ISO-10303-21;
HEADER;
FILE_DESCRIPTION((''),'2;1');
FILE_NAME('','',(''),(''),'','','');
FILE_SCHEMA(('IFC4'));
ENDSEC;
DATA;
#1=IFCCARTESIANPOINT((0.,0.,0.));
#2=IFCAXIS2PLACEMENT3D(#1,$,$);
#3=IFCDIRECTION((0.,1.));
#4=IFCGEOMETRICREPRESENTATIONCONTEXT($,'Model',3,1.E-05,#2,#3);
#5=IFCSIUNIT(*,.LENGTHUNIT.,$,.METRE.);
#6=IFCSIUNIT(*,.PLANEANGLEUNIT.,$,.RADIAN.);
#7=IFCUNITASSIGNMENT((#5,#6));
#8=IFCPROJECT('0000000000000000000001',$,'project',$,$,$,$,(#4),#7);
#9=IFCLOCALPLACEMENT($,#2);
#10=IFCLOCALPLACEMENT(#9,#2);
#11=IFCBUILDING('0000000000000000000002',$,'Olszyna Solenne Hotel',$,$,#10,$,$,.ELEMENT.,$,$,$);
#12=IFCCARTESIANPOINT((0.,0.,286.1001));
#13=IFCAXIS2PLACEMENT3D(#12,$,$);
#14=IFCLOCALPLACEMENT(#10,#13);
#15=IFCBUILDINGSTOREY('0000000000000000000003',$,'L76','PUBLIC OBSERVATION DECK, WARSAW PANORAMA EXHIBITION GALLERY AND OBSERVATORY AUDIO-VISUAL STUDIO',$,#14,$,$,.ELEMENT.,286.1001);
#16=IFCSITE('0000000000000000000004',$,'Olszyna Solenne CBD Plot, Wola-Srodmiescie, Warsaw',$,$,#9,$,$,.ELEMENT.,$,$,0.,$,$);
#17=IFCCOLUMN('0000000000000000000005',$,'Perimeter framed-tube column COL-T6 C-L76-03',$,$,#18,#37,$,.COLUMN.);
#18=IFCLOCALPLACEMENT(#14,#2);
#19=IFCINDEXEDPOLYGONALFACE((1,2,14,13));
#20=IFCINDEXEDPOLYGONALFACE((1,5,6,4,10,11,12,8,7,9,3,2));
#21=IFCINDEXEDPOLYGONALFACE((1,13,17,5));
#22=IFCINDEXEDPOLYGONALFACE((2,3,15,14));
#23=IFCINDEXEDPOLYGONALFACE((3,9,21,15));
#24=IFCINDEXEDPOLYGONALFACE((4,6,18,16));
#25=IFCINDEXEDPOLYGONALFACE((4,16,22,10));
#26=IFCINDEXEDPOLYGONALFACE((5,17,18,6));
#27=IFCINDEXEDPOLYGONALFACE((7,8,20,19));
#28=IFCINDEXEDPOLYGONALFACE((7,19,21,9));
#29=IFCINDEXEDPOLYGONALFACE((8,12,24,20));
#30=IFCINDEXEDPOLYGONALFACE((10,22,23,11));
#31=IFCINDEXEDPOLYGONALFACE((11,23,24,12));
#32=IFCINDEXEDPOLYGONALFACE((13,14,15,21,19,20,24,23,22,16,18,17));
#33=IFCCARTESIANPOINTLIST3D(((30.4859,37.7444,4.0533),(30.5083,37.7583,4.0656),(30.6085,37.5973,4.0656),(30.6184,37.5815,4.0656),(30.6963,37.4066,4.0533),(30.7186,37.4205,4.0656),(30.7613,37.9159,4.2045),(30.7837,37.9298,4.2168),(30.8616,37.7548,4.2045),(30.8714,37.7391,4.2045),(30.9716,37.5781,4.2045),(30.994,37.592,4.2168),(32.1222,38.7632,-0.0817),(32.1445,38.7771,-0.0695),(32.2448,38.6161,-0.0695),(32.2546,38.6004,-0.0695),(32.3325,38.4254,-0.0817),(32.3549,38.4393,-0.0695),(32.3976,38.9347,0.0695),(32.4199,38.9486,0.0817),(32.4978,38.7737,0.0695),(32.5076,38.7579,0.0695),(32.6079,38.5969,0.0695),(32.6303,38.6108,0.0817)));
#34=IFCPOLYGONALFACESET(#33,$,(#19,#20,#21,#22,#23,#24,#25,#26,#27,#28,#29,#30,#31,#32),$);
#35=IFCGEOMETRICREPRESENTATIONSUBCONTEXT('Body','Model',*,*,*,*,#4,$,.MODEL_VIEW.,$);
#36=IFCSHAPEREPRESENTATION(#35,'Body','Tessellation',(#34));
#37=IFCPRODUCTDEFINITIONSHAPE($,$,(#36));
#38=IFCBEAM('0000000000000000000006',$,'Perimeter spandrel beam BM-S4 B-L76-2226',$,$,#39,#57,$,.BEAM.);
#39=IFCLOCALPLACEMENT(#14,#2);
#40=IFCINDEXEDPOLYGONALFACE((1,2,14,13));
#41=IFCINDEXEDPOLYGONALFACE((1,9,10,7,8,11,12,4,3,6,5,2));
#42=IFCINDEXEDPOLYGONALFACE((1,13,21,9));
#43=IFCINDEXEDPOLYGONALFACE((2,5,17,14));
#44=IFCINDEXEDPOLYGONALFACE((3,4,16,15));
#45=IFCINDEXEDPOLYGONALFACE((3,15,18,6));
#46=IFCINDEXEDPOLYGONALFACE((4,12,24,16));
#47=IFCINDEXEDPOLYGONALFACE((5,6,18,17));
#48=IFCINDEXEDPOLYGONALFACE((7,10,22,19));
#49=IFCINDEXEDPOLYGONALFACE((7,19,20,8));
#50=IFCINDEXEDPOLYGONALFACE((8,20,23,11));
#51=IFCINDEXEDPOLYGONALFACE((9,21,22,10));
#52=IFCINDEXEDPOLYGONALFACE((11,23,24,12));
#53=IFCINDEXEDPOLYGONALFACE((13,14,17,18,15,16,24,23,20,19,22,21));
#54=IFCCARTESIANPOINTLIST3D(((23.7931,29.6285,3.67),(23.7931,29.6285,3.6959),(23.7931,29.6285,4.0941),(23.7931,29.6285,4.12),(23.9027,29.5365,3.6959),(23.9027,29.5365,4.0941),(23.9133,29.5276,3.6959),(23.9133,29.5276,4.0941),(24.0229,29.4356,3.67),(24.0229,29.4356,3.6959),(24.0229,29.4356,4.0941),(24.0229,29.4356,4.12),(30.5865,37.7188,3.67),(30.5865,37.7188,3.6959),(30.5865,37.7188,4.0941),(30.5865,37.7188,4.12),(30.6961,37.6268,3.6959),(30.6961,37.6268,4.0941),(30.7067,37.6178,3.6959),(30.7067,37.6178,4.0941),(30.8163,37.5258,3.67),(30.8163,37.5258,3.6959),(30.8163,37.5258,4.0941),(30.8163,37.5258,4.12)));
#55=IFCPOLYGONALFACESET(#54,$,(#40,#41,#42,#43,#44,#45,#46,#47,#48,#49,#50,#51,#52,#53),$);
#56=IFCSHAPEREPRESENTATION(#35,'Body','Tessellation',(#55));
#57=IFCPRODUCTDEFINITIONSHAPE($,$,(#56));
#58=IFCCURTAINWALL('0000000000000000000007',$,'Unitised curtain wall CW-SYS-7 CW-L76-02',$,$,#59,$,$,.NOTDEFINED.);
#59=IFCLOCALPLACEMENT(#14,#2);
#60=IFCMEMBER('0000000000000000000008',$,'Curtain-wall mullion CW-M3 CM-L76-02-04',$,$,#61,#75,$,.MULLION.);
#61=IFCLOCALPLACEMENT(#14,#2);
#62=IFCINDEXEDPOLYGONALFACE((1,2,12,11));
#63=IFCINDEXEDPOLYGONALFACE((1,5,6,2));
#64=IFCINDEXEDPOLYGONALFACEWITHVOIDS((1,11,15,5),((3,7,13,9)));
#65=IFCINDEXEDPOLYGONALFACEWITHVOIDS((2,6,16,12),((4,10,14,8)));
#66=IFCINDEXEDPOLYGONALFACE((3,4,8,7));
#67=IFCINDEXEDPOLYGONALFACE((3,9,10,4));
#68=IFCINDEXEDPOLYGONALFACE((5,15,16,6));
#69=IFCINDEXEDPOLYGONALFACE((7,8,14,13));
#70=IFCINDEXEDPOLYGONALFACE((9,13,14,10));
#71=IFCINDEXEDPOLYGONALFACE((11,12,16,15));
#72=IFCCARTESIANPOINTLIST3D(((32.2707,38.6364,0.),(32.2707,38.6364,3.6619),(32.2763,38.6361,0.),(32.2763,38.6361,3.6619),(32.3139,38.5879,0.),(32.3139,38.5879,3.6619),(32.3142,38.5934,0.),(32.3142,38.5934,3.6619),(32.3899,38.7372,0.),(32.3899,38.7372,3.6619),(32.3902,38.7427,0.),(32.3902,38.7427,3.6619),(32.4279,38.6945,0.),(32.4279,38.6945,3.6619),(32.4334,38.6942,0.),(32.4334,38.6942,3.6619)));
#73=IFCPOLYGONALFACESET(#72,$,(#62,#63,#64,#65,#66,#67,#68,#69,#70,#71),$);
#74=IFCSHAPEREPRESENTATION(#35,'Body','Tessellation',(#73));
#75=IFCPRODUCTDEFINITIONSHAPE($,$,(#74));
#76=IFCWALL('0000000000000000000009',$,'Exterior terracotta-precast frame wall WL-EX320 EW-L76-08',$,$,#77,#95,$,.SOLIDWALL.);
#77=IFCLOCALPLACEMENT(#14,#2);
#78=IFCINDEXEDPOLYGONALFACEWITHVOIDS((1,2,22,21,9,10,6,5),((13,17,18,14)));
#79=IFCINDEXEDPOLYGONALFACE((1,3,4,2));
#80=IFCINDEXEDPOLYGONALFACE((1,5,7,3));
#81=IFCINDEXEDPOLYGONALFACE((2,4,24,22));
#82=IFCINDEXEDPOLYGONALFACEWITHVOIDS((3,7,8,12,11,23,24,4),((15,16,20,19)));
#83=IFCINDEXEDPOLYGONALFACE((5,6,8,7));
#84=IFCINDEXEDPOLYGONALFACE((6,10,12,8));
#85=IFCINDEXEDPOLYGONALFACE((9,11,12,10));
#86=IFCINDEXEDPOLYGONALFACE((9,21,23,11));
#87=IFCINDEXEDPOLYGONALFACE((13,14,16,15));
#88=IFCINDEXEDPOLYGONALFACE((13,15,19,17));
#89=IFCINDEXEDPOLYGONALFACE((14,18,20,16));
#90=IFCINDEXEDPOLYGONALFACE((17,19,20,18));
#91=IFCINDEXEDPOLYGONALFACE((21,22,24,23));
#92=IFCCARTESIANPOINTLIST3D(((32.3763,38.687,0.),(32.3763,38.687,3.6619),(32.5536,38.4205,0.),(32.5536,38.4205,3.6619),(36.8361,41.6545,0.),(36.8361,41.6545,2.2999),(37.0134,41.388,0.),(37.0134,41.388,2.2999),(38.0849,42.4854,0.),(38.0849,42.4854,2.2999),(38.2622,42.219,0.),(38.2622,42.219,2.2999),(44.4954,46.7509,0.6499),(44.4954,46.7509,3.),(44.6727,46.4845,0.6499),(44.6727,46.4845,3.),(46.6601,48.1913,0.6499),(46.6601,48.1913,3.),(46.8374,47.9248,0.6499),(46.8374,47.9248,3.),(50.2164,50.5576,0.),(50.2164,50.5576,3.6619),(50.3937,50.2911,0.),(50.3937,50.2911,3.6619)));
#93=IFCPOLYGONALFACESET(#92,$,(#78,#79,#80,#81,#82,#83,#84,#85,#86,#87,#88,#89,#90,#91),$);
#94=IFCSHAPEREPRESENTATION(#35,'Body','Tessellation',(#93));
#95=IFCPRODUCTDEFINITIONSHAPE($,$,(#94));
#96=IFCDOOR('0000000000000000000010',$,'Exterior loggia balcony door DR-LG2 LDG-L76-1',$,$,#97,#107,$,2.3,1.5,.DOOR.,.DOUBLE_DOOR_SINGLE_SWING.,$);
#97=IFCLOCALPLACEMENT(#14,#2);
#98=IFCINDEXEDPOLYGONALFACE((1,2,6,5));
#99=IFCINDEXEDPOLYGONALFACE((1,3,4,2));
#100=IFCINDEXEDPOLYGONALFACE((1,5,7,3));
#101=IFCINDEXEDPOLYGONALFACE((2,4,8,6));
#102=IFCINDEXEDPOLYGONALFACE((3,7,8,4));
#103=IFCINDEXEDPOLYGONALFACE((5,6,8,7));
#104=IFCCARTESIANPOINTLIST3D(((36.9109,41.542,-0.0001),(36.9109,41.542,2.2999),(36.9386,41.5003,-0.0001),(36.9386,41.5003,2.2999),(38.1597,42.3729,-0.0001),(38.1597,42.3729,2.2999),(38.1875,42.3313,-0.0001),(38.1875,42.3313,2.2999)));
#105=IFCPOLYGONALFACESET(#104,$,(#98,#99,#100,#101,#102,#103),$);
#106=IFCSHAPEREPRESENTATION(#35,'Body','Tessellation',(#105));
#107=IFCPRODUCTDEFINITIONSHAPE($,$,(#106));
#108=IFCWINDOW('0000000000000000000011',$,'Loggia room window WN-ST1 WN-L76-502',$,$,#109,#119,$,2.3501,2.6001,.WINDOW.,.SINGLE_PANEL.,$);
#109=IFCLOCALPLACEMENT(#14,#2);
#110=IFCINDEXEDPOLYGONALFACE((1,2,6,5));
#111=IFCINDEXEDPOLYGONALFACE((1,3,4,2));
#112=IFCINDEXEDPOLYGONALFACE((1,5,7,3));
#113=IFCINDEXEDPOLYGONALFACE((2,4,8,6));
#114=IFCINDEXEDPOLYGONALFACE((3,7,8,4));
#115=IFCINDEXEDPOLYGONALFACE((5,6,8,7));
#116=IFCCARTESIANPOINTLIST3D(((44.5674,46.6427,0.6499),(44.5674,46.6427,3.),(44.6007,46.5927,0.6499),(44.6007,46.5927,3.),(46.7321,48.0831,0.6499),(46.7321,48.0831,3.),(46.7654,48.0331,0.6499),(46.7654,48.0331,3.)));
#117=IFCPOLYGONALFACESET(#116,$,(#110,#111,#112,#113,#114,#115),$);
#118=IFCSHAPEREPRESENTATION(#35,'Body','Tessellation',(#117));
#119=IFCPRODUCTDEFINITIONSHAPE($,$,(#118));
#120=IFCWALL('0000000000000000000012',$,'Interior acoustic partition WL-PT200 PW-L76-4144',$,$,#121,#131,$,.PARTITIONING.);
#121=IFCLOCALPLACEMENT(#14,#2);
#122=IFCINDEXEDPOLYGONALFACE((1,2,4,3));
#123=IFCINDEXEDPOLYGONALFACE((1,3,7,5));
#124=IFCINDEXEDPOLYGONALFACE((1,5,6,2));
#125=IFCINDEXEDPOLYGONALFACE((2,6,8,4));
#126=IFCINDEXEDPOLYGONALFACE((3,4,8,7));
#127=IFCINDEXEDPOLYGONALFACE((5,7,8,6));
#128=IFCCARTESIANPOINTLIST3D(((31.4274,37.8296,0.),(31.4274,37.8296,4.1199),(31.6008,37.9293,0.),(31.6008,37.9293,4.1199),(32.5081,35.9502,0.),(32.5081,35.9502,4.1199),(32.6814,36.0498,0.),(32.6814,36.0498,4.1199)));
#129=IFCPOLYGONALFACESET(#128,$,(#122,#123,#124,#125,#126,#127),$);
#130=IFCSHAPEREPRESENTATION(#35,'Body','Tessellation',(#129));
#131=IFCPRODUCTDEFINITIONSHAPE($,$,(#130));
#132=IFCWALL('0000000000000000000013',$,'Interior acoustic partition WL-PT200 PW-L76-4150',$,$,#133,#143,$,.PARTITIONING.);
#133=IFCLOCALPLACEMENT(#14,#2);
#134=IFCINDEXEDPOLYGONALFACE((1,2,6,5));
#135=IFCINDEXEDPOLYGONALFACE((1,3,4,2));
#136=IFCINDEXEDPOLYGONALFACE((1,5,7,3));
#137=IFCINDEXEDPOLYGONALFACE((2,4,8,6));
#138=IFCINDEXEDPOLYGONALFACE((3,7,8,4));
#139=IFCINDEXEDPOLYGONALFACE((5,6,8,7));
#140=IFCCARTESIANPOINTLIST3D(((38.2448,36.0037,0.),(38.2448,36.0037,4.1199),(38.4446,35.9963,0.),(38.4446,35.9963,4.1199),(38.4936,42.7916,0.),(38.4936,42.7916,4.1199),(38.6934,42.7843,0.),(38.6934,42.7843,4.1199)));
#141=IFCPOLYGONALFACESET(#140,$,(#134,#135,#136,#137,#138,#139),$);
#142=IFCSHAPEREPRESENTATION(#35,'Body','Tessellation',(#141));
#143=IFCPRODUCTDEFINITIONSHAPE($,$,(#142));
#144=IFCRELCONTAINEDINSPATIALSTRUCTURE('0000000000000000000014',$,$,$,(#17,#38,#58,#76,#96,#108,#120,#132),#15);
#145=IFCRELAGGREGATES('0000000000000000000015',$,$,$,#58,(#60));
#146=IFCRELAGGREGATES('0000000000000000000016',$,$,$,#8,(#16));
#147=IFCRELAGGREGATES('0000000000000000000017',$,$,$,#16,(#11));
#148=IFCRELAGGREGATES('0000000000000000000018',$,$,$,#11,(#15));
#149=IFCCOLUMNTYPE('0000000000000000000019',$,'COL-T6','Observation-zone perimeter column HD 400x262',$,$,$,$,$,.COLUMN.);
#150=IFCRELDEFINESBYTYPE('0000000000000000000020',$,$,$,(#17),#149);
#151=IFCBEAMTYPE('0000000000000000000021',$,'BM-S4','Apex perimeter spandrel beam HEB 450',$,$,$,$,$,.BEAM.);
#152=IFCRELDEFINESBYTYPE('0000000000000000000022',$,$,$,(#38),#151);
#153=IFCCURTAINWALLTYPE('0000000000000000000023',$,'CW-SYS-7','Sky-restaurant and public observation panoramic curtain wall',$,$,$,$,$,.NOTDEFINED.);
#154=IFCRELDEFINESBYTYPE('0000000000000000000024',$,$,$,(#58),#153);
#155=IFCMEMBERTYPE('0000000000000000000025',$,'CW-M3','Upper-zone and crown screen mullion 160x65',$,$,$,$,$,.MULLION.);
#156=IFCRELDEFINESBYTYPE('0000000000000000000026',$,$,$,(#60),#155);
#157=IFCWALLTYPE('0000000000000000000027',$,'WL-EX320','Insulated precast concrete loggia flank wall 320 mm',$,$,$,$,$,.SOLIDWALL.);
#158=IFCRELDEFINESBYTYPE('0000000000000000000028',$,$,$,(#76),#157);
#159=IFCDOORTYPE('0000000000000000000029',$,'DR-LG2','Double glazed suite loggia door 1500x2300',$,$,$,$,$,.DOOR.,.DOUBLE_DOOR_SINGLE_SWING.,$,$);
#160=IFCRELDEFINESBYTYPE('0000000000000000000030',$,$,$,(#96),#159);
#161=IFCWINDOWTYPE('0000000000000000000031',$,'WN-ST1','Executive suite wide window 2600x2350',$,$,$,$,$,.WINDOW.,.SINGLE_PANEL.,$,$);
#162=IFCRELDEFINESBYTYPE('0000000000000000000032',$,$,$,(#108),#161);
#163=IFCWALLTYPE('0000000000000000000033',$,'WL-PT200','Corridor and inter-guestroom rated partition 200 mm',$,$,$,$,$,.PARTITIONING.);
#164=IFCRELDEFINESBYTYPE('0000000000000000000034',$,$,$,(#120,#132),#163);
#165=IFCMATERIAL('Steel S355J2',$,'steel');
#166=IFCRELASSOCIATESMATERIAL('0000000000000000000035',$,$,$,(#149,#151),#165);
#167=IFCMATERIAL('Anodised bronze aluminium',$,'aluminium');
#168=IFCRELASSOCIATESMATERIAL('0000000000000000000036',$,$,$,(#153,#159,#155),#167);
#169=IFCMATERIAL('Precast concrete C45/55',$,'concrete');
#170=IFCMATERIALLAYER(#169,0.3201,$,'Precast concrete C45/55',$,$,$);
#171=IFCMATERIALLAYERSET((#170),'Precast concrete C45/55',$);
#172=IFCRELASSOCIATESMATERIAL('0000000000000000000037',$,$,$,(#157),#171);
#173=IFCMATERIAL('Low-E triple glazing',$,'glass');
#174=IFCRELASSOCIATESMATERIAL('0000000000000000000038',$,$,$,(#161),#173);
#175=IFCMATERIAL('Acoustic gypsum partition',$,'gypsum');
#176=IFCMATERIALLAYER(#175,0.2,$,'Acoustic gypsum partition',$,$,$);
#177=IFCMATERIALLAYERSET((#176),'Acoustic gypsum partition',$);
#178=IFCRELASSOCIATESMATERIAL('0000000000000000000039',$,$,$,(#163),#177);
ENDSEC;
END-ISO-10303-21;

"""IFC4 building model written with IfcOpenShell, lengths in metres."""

from ifc_helpers import new_model, si_unit, direction, frame, frame_2d, origin, origin_2d, place, context, subcontext, project, spatial, rectangle, hollow_rectangle, i_section, extrude, source, transform, mapped, material, layer, layer_set, material_profile, profile_set, type_object, type_shapes, element, fill, aggregate, save


model = new_model("IFC4")

# Units and contexts
model_context = context("Model", 3, precision=1e-05, world=origin(), true_north=direction((0.0, 1.0)))
body_context = subcontext(model_context, "Body", "Model", "MODEL_VIEW")
ifc_project = project(units=[si_unit("LENGTHUNIT", "METRE"), si_unit("PLANEANGLEUNIT", "RADIAN")], contexts=[model_context])

# Site, building, storey
site_placement = place(None, origin())
site = spatial("IfcSite", under=ifc_project, at=site_placement, Name="Olszyna Solenne CBD Plot, Wola-Srodmiescie, Warsaw", CompositionType="ELEMENT", RefElevation=0.0)
building_placement = place(site_placement, origin())
building = spatial("IfcBuilding", under=site, at=building_placement, Name="Olszyna Solenne Hotel", CompositionType="ELEMENT")
storey_placement = place(building_placement, frame((0.0, 0.0, 286.1001)))
storey = spatial("IfcBuildingStorey", under=building, at=storey_placement, Name="L76", Description="PUBLIC OBSERVATION DECK, WARSAW PANORAMA EXHIBITION GALLERY AND OBSERVATORY AUDIO-VISUAL STUDIO", CompositionType="ELEMENT", Elevation=286.1001)

# Column
ifc_material_1 = material(Name="Steel S355J2", Category="steel")
ifc_material_profile_1 = material_profile(ifc_material_1, i_section(OverallWidth=0.3979, OverallDepth=0.387, WebThickness=0.0186, FlangeThickness=0.0291, at=origin_2d()), Name="HD 400x262", Category="load-bearing")
ifc_profile_set_1 = profile_set([ifc_material_profile_1], Name="Steel S355J2")
column_type = type_object("IfcColumnType", Name="COL-T6", Description="Observation-zone perimeter column HD 400x262", PredefinedType="COLUMN", material=ifc_profile_set_1)
shared_shape_1 = source(origin(), body_context, "Body", "SweptSolid", [
    extrude(i_section(OverallWidth=0.3979, OverallDepth=0.387, WebThickness=0.0186, FlangeThickness=0.0291, at=origin_2d()), origin(), (0.0, 0.0, 1.0), 4.5623),
])
column_placement = place(storey_placement, frame((32.3762, 38.687, 0.0), z_axis=(-0.358651, -0.223314, 0.906367), x_axis=(0.528564, -0.848894, 0.0)))
element("IfcColumn", 1, at=column_placement, inside=storey, type_object=column_type, Name="Perimeter framed-tube column COL-T6 C-L76-03", PredefinedType="COLUMN", context=body_context, shape_type="MappedRepresentation", body=[
    mapped(shared_shape_1, transform((0.0, 0.0, 0.0), x_axis=(1.0, 0.0, 0.0), y_axis=(0.0, 1.0, 0.0), z_axis=(0.0, 0.0, 1.0), scale=1.0)),
])

# Beam
ifc_material_profile_2 = material_profile(ifc_material_1, i_section(OverallWidth=0.3, OverallDepth=0.45, WebThickness=0.0139, FlangeThickness=0.0259, at=origin_2d()), Name="HEB 450", Category="load-bearing")
ifc_profile_set_2 = profile_set([ifc_material_profile_2], Name="Steel S355J2")
beam_type = type_object("IfcBeamType", Name="BM-S4", Description="Apex perimeter spandrel beam HEB 450", PredefinedType="BEAM", material=ifc_profile_set_2)
shared_shape_2 = source(origin(), body_context, "Body", "SweptSolid", [
    extrude(i_section(OverallWidth=0.3, OverallDepth=0.45, WebThickness=0.0139, FlangeThickness=0.0259, at=origin_2d()), origin(), (0.0, 0.0, 1.0), 10.5642),
])
beam_placement = place(storey_placement, frame((30.7014, 37.6223, 3.895), z_axis=(-0.643058, -0.765818, 0.0), x_axis=(0.765818, -0.643058, 0.0)))
element("IfcBeam", 2, at=beam_placement, inside=storey, type_object=beam_type, Name="Perimeter spandrel beam BM-S4 B-L76-2226", PredefinedType="BEAM", context=body_context, shape_type="MappedRepresentation", body=[
    mapped(shared_shape_2, transform((0.0, 0.0, 0.0), x_axis=(1.0, 0.0, 0.0), y_axis=(0.0, 1.0, 0.0), z_axis=(0.0, 0.0, 1.0), scale=1.0)),
])

# Curtain wall, member
ifc_material_2 = material(Name="Anodised bronze aluminium", Category="aluminium")
curtain_wall_type = type_object("IfcCurtainWallType", Name="CW-SYS-7", Description="Sky-restaurant and public observation panoramic curtain wall", PredefinedType="NOTDEFINED", material=ifc_material_2)
curtain_wall_placement = place(storey_placement, origin())
curtain_wall = element("IfcCurtainWall", 3, at=curtain_wall_placement, inside=storey, type_object=curtain_wall_type, Name="Unitised curtain wall CW-SYS-7 CW-L76-02", PredefinedType="NOTDEFINED")
ifc_material_profile_3 = material_profile(ifc_material_2, hollow_rectangle(XDim=0.0649, YDim=0.1599, WallThickness=0.0039, at=origin_2d()), Name="MULL 160x65x4", Category="load-bearing")
ifc_profile_set_3 = profile_set([ifc_material_profile_3], Name="Anodised bronze aluminium")
member_type = type_object("IfcMemberType", Name="CW-M3", Description="Upper-zone and crown screen mullion 160x65", PredefinedType="MULLION", material=ifc_profile_set_3)
shared_shape_3 = source(origin(), body_context, "Body", "SweptSolid", [
    extrude(hollow_rectangle(XDim=0.0649, YDim=0.1599, WallThickness=0.0039, at=origin_2d()), origin(), (0.0, 0.0, 1.0), 3.6619),
])
member_placement = place(storey_placement, frame((32.3521, 38.6653, 0.0), z_axis=(0.0, 0.0, 1.0), x_axis=(-0.664807, 0.747016, 0.0)))
member = element("IfcMember", 4, at=member_placement, type_object=member_type, Name="Curtain-wall mullion CW-M3 CM-L76-02-04", PredefinedType="MULLION", context=body_context, shape_type="MappedRepresentation", body=[
    mapped(shared_shape_3, transform((0.0, 0.0, 0.0), x_axis=(1.0, 0.0, 0.0), y_axis=(0.0, 1.0, 0.0), z_axis=(0.0, 0.0, 1.0), scale=1.0)),
])
aggregate(curtain_wall, [member])

# Wall, openings, door, window
ifc_material_3 = material(Name="Precast concrete C45/55", Category="concrete")
ifc_layer_1 = layer(ifc_material_3, 0.3201, Name="Precast concrete C45/55")
ifc_layer_set_1 = layer_set([ifc_layer_1], Name="Precast concrete C45/55")
wall_type_1 = type_object("IfcWallType", Name="WL-EX320", Description="Insulated precast concrete loggia flank wall 320 mm", PredefinedType="SOLIDWALL", material=ifc_layer_set_1)
wall_1_placement = place(storey_placement, frame((32.4648, 38.5537, 0.0), z_axis=(0.0, 0.0, 1.0), x_axis=(0.832541, 0.553964, 0.0)))
wall_1 = element("IfcWall", 5, at=wall_1_placement, inside=storey, type_object=wall_type_1, Name="Exterior terracotta-precast frame wall WL-EX320 EW-L76-08", PredefinedType="SOLIDWALL", context=body_context, shape_type="SweptSolid", body=[
    extrude(rectangle(XDim=21.4285, YDim=0.3201, at=frame_2d((10.7144, 0.0))), origin(), (0.0, 0.0, 1.0), 3.6619),
])
opening_1_placement = place(wall_1_placement, frame((5.3569, 0.0, 0.0)))
opening_1 = element("IfcOpeningElement", 6, at=opening_1_placement, cuts=wall_1, PredefinedType="OPENING", context=body_context, shape_type="SweptSolid", body=[
    extrude(rectangle(XDim=1.5, YDim=2.3, at=frame_2d((0.75, 1.1499))), frame((0.0, 0.1699, 0.0), z_axis=(0.0, -1.0, 0.0), x_axis=(1.0, 0.0, 0.0)), (0.0, 0.0, 1.0), 0.3401),
])
opening_2_placement = place(wall_1_placement, frame((14.5569, 0.0, 0.6499)))
opening_2 = element("IfcOpeningElement", 7, at=opening_2_placement, cuts=wall_1, PredefinedType="OPENING", context=body_context, shape_type="SweptSolid", body=[
    extrude(rectangle(XDim=2.6001, YDim=2.3501, at=frame_2d((1.3, 1.175))), frame((0.0, 0.1699, 0.0), z_axis=(0.0, -1.0, 0.0), x_axis=(1.0, 0.0, 0.0)), (0.0, 0.0, 1.0), 0.3401),
])
door_type = type_object("IfcDoorType", Name="DR-LG2", Description="Double glazed suite loggia door 1500x2300", OperationType="DOUBLE_DOOR_SINGLE_SWING", PredefinedType="DOOR", material=ifc_material_2)
shared_shape_4 = source(origin(), body_context, "Body", "SweptSolid", [
    extrude(rectangle(XDim=1.5, YDim=2.3, at=frame_2d((0.75, 1.1499))), frame((0.0, 0.0249, 0.0), z_axis=(0.0, -1.0, 0.0), x_axis=(1.0, 0.0, 0.0)), (0.0, 0.0, 1.0), 0.05),
])
type_shapes(door_type, [shared_shape_4])
door_placement = place(opening_1_placement, origin())
door = element("IfcDoor", 8, at=door_placement, inside=storey, type_object=door_type, Name="Exterior loggia balcony door DR-LG2 LDG-L76-1", OperationType="DOUBLE_DOOR_SINGLE_SWING", OverallHeight=2.3, OverallWidth=1.5, PredefinedType="DOOR", context=body_context, shape_type="MappedRepresentation", body=[
    mapped(shared_shape_4, transform((0.0, 0.0, 0.0), x_axis=(1.0, 0.0, 0.0), y_axis=(0.0, 1.0, 0.0), z_axis=(0.0, 0.0, 1.0), scale=1.0)),
])
fill(opening_1, door)
ifc_material_4 = material(Name="Low-E triple glazing", Category="glass")
window_type = type_object("IfcWindowType", Name="WN-ST1", Description="Executive suite wide window 2600x2350", PartitioningType="SINGLE_PANEL", PredefinedType="WINDOW", material=ifc_material_4)
shared_shape_5 = source(origin(), body_context, "Body", "SweptSolid", [
    extrude(rectangle(XDim=2.6001, YDim=2.3501, at=frame_2d((1.3, 1.175))), frame((0.0, 0.03, 0.0), z_axis=(0.0, -1.0, 0.0), x_axis=(1.0, 0.0, 0.0)), (0.0, 0.0, 1.0), 0.0601),
])
type_shapes(window_type, [shared_shape_5])
window_placement = place(opening_2_placement, origin())
window = element("IfcWindow", 9, at=window_placement, inside=storey, type_object=window_type, Name="Loggia room window WN-ST1 WN-L76-502", OverallHeight=2.3501, OverallWidth=2.6001, PartitioningType="SINGLE_PANEL", PredefinedType="WINDOW", context=body_context, shape_type="MappedRepresentation", body=[
    mapped(shared_shape_5, transform((0.0, 0.0, 0.0), x_axis=(1.0, 0.0, 0.0), y_axis=(0.0, 1.0, 0.0), z_axis=(0.0, 0.0, 1.0), scale=1.0)),
])
fill(opening_2, window)

# Walls
ifc_material_5 = material(Name="Acoustic gypsum partition", Category="gypsum")
ifc_layer_2 = layer(ifc_material_5, 0.2, Name="Acoustic gypsum partition")
ifc_layer_set_2 = layer_set([ifc_layer_2], Name="Acoustic gypsum partition")
wall_type_2 = type_object("IfcWallType", Name="WL-PT200", Description="Corridor and inter-guestroom rated partition 200 mm", PredefinedType="PARTITIONING", material=ifc_layer_set_2)
wall_2_placement = place(storey_placement, frame((32.5947, 36.0, 0.0), z_axis=(0.0, 0.0, 1.0), x_axis=(-0.498442, 0.866923, 0.0)))
element("IfcWall", 10, at=wall_2_placement, inside=storey, type_object=wall_type_2, Name="Interior acoustic partition WL-PT200 PW-L76-4144", PredefinedType="PARTITIONING", context=body_context, shape_type="SweptSolid", body=[
    extrude(rectangle(XDim=2.168, YDim=0.2, at=frame_2d((1.084, 0.0))), origin(), (0.0, 0.0, 1.0), 4.1199),
])
wall_3_placement = place(storey_placement, frame((38.3447, 36.0, 0.0), z_axis=(0.0, 0.0, 1.0), x_axis=(0.036626, 0.999329, 0.0)))
element("IfcWall", 11, at=wall_3_placement, inside=storey, type_object=wall_type_2, Name="Interior acoustic partition WL-PT200 PW-L76-4150", PredefinedType="PARTITIONING", context=body_context, shape_type="SweptSolid", body=[
    extrude(rectangle(XDim=6.7925, YDim=0.2, at=frame_2d((3.3962, 0.0))), origin(), (0.0, 0.0, 1.0), 4.1199),
])

save(model, "model.ifc")
